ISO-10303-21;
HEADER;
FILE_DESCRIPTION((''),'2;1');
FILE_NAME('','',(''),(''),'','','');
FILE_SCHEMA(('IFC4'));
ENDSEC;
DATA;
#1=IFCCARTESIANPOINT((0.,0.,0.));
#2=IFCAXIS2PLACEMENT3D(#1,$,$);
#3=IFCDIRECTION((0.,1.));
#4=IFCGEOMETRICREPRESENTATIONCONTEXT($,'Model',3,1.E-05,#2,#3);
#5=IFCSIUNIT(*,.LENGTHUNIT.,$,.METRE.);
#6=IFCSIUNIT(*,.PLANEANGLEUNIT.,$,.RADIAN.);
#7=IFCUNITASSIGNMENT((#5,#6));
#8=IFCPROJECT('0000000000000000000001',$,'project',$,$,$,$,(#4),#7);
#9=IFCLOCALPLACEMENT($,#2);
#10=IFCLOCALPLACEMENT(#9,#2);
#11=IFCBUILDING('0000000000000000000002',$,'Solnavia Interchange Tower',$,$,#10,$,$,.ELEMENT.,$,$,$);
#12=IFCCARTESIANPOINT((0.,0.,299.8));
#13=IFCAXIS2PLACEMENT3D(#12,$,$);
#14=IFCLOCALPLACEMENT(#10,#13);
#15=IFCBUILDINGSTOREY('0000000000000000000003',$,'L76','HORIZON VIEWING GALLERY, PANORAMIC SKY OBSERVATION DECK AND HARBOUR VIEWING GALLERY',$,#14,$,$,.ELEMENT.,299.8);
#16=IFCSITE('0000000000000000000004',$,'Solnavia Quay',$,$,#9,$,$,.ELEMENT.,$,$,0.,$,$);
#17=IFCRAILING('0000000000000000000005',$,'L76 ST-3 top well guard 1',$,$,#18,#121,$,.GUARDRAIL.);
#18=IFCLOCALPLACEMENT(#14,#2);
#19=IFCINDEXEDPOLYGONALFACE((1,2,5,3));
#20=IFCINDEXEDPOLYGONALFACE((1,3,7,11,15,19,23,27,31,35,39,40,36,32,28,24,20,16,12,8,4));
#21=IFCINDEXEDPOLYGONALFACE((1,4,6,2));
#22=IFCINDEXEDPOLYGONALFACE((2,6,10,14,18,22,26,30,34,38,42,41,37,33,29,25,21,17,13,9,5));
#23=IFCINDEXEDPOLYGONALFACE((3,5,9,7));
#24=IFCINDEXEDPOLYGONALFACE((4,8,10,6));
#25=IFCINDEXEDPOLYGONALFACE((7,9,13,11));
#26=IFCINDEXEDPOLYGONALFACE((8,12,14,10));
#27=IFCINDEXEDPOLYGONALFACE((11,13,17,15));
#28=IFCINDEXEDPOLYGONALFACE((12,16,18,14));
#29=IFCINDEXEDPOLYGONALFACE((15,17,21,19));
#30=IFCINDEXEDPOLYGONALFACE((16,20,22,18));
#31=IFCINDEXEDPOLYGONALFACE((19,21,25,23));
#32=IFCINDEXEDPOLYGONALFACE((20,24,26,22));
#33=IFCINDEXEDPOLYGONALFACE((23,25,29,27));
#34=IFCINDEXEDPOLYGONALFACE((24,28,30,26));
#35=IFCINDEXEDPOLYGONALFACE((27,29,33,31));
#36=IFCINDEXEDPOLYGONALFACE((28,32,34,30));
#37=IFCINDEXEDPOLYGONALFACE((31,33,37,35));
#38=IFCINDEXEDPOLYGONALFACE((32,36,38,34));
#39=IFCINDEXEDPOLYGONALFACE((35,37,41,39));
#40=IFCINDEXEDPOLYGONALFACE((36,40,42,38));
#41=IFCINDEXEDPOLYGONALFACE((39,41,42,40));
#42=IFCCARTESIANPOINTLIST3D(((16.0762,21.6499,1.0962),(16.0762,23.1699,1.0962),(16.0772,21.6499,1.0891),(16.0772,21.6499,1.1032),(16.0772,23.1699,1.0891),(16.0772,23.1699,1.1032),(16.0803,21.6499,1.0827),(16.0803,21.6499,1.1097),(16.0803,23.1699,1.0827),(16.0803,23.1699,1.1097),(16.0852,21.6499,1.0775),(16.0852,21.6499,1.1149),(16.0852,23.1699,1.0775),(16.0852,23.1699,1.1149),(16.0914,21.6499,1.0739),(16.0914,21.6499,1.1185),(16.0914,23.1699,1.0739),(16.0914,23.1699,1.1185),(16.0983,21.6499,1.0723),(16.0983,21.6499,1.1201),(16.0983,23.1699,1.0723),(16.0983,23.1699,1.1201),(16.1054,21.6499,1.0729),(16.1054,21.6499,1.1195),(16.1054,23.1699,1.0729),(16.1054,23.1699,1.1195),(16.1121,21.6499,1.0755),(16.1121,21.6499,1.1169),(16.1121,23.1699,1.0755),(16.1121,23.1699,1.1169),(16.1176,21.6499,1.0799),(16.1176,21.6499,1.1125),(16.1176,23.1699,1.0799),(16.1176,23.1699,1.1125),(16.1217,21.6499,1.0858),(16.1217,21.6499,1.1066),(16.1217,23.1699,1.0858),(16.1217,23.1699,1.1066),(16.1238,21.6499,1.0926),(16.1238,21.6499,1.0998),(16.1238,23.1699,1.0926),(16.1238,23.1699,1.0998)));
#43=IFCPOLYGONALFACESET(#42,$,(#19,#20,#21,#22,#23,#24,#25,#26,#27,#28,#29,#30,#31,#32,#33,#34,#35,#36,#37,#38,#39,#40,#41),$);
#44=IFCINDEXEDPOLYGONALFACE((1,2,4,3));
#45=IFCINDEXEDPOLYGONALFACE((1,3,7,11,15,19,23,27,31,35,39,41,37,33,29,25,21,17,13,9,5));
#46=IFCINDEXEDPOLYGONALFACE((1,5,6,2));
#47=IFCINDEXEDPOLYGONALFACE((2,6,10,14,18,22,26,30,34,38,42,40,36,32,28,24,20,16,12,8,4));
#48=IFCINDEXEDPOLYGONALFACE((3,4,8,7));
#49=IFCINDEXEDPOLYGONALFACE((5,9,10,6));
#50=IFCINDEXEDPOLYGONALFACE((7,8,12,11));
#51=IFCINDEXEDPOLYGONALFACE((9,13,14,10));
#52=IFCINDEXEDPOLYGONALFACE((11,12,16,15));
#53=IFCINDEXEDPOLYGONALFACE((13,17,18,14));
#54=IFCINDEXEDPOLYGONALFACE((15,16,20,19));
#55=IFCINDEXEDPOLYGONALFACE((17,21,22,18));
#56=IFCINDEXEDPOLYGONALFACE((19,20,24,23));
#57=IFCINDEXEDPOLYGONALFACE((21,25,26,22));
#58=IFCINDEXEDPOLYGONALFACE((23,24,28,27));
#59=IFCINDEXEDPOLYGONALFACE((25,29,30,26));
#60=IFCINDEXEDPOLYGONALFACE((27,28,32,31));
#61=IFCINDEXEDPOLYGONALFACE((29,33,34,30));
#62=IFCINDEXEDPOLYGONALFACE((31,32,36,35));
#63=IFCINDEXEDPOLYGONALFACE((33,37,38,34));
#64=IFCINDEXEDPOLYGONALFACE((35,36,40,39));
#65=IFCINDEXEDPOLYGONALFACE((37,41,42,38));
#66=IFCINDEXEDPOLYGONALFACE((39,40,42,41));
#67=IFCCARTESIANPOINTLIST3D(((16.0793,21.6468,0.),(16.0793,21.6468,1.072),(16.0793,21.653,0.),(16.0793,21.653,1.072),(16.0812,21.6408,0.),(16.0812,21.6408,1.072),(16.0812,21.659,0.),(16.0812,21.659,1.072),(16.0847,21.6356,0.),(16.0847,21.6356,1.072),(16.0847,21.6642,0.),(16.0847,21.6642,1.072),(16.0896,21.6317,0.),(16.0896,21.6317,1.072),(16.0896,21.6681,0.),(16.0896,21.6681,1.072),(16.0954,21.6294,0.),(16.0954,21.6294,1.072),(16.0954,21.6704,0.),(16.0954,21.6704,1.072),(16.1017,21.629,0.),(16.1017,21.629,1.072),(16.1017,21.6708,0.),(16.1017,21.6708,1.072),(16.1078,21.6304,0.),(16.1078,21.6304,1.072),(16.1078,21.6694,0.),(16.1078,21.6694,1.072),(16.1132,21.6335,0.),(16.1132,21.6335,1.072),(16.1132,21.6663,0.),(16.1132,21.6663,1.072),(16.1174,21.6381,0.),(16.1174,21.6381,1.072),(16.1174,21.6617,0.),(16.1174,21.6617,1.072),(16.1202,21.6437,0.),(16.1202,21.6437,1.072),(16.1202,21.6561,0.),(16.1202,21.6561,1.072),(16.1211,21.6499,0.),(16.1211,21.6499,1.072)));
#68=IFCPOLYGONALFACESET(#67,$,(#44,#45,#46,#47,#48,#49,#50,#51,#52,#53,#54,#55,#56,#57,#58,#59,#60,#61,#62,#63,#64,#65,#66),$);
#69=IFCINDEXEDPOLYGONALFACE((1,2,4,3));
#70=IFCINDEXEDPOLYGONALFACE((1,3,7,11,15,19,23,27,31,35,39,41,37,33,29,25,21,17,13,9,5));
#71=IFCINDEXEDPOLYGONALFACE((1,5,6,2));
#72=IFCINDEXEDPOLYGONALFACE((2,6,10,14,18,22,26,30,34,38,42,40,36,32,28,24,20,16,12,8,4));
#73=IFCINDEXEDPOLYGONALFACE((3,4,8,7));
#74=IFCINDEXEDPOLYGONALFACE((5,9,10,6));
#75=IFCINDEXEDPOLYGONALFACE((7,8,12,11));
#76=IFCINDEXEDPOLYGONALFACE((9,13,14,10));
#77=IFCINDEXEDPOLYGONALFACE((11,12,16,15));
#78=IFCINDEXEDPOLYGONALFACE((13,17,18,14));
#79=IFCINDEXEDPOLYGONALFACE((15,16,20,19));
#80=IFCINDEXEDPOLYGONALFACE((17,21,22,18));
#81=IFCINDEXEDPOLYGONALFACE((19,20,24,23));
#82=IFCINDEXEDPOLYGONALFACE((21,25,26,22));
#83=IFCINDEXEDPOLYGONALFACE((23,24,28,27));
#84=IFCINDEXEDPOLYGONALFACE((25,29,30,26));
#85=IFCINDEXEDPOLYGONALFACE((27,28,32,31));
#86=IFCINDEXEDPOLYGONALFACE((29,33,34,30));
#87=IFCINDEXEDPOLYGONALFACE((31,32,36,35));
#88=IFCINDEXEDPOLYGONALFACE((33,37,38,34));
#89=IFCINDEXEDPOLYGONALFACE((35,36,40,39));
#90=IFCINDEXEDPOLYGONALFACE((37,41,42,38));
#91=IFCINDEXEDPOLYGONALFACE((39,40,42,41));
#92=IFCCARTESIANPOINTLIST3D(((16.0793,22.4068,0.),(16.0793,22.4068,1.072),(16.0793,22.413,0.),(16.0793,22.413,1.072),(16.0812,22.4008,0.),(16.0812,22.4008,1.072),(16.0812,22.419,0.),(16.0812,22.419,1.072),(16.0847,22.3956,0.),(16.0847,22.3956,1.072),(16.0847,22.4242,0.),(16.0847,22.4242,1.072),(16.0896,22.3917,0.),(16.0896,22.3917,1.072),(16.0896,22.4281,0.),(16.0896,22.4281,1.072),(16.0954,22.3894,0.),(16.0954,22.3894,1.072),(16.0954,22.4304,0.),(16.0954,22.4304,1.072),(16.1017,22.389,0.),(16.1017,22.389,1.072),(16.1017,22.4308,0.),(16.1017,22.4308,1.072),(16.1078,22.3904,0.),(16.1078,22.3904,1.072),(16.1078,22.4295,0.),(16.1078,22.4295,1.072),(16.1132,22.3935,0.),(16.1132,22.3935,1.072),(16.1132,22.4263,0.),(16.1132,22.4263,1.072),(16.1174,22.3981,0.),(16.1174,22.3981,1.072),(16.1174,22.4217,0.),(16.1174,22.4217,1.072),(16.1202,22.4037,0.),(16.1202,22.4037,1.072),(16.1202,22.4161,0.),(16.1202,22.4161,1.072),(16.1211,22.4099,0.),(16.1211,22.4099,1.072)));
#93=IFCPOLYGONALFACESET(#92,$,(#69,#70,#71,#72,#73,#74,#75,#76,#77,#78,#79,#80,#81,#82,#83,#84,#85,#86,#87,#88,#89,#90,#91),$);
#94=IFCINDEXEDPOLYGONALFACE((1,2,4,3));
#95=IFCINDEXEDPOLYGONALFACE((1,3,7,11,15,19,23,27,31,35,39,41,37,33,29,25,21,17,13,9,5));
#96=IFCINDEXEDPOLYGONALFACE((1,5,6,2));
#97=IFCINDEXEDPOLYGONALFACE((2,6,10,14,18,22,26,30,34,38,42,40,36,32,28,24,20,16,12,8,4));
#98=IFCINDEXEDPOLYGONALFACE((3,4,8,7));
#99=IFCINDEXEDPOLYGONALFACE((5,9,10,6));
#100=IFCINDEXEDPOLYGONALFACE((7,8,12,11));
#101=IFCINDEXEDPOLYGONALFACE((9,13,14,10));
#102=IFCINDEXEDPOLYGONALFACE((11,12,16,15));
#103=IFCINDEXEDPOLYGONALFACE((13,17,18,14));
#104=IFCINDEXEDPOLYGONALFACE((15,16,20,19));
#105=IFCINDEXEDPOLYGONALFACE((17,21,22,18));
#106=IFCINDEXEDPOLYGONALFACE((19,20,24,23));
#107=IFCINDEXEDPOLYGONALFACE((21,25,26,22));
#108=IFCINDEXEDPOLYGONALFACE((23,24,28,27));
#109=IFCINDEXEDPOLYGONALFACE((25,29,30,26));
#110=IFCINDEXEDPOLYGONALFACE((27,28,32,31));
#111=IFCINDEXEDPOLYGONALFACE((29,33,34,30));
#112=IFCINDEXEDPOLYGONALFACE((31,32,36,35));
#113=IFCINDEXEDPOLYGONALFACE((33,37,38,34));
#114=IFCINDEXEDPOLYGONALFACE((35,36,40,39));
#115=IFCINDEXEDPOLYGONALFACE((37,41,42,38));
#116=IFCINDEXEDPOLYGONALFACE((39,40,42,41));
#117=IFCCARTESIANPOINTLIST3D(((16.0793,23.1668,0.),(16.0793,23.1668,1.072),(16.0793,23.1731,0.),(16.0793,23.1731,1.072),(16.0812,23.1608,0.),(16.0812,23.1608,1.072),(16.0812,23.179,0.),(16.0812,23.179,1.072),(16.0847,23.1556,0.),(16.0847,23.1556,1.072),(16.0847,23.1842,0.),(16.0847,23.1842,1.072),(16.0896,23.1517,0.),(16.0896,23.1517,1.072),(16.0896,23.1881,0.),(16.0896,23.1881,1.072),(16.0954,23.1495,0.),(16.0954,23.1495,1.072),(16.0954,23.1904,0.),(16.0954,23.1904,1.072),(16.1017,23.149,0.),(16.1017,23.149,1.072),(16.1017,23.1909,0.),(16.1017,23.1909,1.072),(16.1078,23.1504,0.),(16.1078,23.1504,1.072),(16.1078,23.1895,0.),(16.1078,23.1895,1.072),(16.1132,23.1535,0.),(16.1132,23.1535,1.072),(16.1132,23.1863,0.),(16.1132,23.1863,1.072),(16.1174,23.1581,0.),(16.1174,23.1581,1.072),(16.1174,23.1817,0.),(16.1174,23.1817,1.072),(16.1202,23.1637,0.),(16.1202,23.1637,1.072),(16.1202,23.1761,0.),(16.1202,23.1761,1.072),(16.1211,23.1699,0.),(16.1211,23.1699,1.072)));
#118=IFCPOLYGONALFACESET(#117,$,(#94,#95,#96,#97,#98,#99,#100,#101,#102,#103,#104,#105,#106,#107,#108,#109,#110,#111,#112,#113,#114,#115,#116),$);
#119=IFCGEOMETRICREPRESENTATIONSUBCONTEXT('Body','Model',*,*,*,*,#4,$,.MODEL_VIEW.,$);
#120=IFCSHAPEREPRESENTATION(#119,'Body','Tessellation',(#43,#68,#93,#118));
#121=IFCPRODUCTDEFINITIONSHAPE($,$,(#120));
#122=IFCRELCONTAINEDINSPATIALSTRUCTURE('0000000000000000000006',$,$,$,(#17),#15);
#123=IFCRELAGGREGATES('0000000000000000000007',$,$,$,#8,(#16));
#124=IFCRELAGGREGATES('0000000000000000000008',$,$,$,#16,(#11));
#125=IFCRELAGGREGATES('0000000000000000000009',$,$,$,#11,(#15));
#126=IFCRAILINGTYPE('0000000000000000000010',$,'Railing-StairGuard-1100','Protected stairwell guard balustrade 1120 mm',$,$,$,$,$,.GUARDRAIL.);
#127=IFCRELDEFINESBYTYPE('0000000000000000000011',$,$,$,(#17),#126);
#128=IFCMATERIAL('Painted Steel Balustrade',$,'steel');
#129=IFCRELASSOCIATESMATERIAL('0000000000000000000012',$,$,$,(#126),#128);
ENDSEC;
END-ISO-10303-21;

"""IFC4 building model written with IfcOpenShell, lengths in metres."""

from ifc_helpers import new_model, si_unit, direction, frame, origin, origin_2d, place, context, subcontext, project, spatial, circle, extrude, material, type_object, element, save


model = new_model("IFC4")

# Units and contexts
model_context = context("Model", 3, precision=1e-05, world=origin(), true_north=direction((0.0, 1.0)))
body_context = subcontext(model_context, "Body", "Model", "MODEL_VIEW")
ifc_project = project(units=[si_unit("LENGTHUNIT", "METRE"), si_unit("PLANEANGLEUNIT", "RADIAN")], contexts=[model_context])

# Site, building, storey
site_placement = place(None, origin())
site = spatial("IfcSite", under=ifc_project, at=site_placement, Name="Solnavia Quay", CompositionType="ELEMENT", RefElevation=0.0)
building_placement = place(site_placement, origin())
building = spatial("IfcBuilding", under=site, at=building_placement, Name="Solnavia Interchange Tower", CompositionType="ELEMENT")
storey_placement = place(building_placement, frame((0.0, 0.0, 299.8)))
storey = spatial("IfcBuildingStorey", under=building, at=storey_placement, Name="L76", Description="HORIZON VIEWING GALLERY, PANORAMIC SKY OBSERVATION DECK AND HARBOUR VIEWING GALLERY", CompositionType="ELEMENT", Elevation=299.8)

# Railing
ifc_material_1 = material(Name="Painted Steel Balustrade", Category="steel")
railing_type = type_object("IfcRailingType", Name="Railing-StairGuard-1100", Description="Protected stairwell guard balustrade 1120 mm", PredefinedType="GUARDRAIL", material=ifc_material_1)
railing_placement = place(storey_placement, frame((16.1001, 21.6499, 0.0)))
element("IfcRailing", 1, at=railing_placement, inside=storey, type_object=railing_type, Name="L76 ST-3 top well guard 1", PredefinedType="GUARDRAIL", context=body_context, shape_type="SweptSolid", body=[
    extrude(circle(Radius=0.0239, at=origin_2d()), frame((0.0, 0.0, 1.0962), z_axis=(0.0, 1.0, 0.0), x_axis=(-1.0, 0.0, 0.0)), (0.0, 0.0, 1.0), 1.52),
    extrude(circle(Radius=0.021, at=origin_2d()), origin(), (0.0, 0.0, 1.0), 1.072),
    extrude(circle(Radius=0.021, at=origin_2d()), frame((0.0, 0.76, 0.0)), (0.0, 0.0, 1.0), 1.072),
    extrude(circle(Radius=0.021, at=origin_2d()), frame((0.0, 1.52, 0.0)), (0.0, 0.0, 1.0), 1.072),
])

save(model, "model.ifc")
